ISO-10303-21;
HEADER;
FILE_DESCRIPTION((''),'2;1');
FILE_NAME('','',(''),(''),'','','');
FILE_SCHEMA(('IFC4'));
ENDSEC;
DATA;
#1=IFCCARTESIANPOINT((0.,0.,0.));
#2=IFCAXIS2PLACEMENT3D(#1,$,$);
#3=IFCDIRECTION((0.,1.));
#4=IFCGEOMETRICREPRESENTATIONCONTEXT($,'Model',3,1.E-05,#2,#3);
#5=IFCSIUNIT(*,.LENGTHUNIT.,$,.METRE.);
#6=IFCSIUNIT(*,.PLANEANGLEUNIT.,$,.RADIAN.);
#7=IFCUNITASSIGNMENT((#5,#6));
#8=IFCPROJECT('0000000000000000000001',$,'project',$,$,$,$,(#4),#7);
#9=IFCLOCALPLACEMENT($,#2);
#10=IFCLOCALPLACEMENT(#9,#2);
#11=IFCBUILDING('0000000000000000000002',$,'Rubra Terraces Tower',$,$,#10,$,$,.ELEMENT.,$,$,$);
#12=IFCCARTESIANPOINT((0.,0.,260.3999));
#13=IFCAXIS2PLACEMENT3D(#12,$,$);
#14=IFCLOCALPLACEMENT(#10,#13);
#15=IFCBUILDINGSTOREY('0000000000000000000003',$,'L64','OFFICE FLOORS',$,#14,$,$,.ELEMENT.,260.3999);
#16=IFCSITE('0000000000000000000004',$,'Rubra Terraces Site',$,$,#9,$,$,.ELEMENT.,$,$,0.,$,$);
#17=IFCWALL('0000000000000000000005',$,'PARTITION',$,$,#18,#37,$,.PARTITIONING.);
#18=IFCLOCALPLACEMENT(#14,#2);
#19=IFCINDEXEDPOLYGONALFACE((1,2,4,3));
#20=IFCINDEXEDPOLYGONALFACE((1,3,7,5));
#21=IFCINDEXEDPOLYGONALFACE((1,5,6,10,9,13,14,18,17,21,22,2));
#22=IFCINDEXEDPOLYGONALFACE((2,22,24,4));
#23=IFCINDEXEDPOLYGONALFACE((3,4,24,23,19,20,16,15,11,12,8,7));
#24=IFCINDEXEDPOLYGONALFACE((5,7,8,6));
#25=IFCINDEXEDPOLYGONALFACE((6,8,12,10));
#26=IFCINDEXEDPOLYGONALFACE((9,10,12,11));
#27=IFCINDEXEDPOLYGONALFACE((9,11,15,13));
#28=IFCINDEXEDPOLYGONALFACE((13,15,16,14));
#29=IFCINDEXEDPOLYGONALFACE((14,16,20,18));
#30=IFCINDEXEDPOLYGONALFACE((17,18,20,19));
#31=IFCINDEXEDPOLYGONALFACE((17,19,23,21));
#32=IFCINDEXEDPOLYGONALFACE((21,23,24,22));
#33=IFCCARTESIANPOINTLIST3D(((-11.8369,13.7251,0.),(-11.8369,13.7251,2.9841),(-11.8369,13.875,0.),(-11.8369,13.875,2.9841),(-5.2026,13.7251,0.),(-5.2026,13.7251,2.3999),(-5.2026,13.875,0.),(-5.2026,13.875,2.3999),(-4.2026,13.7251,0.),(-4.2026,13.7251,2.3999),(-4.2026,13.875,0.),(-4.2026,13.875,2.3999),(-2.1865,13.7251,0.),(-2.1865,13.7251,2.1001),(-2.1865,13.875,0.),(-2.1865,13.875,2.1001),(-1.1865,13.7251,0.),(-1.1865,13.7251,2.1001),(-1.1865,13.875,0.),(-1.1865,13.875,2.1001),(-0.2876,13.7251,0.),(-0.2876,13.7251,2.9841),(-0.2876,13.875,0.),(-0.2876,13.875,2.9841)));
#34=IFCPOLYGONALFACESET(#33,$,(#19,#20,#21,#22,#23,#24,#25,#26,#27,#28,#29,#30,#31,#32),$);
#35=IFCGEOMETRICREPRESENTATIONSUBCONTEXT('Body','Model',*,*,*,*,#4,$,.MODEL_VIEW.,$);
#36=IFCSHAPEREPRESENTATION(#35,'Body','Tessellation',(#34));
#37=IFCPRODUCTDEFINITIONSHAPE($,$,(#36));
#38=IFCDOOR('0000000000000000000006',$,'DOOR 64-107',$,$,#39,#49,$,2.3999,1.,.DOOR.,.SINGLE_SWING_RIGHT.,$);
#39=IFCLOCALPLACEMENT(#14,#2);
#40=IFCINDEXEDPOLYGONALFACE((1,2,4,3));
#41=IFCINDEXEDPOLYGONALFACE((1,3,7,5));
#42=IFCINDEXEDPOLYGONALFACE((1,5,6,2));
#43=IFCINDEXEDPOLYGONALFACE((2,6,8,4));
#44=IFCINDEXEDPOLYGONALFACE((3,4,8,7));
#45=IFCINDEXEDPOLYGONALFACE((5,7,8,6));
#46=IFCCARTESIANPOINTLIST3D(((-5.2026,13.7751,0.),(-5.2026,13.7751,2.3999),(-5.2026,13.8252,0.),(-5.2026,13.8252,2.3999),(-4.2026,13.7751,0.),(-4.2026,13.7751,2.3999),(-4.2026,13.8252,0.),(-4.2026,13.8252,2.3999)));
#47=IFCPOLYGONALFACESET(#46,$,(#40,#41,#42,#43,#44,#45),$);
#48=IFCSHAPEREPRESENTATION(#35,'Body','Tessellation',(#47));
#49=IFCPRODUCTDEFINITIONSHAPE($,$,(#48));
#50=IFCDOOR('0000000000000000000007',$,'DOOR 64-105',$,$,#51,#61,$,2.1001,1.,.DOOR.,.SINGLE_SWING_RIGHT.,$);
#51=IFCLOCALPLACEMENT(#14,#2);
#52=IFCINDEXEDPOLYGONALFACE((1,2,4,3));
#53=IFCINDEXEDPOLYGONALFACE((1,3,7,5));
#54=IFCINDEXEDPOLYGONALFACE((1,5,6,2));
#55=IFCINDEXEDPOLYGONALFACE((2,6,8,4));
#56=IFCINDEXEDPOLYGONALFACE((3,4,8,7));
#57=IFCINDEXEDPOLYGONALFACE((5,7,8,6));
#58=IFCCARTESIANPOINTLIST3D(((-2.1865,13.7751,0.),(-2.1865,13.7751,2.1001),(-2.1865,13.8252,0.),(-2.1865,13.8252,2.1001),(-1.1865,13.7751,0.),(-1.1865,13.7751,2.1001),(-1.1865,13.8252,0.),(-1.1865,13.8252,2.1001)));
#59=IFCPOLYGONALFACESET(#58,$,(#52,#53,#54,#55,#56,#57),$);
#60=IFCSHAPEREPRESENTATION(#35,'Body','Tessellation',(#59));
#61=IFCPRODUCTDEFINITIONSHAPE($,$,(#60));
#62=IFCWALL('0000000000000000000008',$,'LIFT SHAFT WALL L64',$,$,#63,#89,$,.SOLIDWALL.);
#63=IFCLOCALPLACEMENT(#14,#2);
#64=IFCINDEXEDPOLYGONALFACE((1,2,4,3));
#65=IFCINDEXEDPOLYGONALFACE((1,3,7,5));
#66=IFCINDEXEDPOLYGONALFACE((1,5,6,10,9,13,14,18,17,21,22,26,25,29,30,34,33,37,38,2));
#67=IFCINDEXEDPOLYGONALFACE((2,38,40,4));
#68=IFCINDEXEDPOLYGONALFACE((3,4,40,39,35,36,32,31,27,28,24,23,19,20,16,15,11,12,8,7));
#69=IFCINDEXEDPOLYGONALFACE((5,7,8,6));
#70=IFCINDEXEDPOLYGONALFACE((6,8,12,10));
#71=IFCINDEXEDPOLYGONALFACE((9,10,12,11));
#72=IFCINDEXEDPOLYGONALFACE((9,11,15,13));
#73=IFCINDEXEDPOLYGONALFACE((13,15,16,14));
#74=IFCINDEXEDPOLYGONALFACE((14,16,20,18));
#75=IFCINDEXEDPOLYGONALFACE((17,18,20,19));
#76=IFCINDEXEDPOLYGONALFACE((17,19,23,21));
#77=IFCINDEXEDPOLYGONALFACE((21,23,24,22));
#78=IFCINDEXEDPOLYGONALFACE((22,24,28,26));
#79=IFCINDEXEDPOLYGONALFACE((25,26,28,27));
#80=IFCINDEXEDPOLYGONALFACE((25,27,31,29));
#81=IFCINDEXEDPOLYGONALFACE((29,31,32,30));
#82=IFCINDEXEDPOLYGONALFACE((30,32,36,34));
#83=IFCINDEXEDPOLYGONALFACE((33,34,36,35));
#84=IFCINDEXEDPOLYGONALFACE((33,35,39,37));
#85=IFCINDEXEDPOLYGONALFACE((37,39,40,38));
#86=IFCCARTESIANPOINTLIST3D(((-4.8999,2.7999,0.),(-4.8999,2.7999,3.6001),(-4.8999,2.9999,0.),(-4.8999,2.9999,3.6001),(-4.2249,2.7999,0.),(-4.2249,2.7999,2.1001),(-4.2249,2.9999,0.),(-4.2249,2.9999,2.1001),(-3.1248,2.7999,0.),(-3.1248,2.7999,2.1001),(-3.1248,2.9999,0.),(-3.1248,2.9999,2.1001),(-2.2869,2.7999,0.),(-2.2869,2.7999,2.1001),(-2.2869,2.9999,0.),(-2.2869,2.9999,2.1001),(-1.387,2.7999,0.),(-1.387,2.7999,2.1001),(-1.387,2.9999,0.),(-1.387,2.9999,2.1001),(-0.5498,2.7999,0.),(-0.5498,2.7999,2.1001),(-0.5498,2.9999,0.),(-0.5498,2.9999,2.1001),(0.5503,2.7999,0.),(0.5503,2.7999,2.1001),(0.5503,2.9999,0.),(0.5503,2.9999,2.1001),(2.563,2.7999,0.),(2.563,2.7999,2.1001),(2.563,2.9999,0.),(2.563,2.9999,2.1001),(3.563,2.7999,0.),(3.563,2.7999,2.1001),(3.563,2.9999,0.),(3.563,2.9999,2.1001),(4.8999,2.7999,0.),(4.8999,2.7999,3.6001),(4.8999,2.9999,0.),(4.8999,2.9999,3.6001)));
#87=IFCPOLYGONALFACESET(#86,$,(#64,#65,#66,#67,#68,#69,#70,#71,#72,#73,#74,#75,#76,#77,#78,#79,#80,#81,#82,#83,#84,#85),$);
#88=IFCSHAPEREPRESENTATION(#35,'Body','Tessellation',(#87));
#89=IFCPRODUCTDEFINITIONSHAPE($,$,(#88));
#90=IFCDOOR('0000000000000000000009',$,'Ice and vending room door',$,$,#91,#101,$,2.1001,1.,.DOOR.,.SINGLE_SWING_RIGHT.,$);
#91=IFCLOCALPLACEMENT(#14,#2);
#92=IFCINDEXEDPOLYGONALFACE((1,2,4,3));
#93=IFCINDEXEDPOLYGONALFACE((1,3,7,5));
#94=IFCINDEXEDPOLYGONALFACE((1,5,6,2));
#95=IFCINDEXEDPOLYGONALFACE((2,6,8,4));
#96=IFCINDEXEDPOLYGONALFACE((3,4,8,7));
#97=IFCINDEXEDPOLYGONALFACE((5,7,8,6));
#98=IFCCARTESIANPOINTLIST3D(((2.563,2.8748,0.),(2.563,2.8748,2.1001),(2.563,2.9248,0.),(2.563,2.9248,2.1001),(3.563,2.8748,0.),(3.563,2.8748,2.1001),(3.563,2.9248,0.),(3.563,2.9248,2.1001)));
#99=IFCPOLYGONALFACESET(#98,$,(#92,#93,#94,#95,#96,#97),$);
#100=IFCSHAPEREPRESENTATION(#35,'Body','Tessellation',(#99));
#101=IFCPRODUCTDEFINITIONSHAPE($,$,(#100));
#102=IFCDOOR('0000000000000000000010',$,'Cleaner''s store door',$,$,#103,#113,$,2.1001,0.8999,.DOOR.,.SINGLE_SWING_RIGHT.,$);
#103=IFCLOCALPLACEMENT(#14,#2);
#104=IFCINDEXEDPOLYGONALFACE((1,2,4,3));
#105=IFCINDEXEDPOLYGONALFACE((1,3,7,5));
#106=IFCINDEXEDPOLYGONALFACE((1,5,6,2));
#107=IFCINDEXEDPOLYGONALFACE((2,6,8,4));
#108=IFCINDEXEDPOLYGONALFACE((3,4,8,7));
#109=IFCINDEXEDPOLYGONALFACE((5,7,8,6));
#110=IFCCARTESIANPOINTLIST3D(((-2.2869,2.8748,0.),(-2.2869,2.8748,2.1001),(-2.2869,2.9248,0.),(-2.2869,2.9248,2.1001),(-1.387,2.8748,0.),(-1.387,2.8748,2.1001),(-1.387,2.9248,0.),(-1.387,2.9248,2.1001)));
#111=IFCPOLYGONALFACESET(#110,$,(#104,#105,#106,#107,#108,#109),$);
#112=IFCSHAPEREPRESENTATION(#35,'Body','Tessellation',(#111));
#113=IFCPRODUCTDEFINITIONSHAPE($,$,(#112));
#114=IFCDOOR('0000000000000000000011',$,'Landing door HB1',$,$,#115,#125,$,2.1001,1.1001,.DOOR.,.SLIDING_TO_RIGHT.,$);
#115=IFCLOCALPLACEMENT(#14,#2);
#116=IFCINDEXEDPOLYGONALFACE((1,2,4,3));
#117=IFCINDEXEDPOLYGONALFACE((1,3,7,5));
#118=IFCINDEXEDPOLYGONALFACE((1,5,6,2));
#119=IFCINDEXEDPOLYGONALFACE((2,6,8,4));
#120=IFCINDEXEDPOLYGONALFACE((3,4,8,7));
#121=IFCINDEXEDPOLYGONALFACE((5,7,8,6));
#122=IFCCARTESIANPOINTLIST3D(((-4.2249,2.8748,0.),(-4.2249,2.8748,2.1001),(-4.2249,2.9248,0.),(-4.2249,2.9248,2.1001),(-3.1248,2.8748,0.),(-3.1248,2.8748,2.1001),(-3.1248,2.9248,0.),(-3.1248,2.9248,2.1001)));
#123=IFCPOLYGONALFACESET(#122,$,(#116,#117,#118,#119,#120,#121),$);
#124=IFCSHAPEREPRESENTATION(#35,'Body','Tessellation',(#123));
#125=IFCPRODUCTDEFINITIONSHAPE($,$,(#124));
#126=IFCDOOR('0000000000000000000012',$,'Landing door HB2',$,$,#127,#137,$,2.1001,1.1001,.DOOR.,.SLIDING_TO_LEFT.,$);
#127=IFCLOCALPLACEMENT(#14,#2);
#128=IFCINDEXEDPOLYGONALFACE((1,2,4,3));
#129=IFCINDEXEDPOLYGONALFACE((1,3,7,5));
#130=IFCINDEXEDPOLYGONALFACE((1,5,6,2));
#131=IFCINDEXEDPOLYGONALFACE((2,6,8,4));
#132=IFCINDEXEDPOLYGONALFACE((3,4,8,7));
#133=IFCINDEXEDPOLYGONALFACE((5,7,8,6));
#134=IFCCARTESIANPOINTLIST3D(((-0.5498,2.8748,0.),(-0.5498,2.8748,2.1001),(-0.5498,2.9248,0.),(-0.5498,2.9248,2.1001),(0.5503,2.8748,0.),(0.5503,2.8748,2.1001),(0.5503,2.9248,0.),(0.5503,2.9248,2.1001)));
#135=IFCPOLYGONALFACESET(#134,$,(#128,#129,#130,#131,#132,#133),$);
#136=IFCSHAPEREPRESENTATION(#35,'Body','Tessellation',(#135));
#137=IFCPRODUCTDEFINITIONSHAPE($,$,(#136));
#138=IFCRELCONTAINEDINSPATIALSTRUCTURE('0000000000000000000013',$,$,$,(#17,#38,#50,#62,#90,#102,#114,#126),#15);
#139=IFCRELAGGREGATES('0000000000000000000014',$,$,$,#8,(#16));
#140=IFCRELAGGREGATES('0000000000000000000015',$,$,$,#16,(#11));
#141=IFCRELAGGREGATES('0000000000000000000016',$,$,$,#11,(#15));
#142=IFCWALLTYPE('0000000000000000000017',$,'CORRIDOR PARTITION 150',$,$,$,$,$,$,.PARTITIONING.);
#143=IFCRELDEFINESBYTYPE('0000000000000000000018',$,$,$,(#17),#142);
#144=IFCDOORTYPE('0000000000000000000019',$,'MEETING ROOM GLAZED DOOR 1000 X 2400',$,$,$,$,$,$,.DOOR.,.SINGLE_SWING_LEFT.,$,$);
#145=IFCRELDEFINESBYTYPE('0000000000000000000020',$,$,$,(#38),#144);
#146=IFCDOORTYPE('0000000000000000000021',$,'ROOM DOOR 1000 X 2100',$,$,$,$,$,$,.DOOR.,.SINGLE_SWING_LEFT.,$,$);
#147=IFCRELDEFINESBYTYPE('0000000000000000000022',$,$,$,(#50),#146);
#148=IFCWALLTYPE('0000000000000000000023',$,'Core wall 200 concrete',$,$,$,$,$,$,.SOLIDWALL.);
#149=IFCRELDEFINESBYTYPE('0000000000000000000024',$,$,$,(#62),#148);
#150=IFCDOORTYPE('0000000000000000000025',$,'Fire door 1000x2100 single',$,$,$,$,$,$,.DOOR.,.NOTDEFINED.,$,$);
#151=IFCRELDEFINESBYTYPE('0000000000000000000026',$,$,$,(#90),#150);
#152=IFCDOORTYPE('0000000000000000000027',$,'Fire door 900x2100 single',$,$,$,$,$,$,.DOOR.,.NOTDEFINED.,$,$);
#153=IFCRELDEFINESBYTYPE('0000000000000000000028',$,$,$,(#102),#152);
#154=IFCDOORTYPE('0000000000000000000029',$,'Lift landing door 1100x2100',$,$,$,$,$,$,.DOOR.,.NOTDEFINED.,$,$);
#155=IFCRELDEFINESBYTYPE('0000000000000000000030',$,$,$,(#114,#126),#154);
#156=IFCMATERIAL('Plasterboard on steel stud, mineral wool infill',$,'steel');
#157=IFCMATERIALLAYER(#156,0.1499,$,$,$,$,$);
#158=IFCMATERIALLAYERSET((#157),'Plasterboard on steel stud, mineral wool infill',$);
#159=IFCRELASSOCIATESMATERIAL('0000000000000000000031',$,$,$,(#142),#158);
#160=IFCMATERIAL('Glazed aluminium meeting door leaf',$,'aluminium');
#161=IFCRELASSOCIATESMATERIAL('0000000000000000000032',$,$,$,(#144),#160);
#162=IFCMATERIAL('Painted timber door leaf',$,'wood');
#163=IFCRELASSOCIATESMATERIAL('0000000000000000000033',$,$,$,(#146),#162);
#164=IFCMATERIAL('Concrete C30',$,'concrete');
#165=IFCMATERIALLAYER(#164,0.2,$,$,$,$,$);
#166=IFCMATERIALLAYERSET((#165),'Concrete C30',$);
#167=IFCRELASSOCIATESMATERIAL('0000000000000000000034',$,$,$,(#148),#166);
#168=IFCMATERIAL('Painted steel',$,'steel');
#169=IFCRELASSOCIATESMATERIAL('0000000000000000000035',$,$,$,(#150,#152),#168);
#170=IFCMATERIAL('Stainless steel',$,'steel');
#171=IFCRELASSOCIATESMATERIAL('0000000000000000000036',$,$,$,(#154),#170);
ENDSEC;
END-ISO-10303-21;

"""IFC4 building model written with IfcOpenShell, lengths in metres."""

from ifc_helpers import new_model, si_unit, direction, frame, frame_2d, origin, place, context, subcontext, project, spatial, rectangle, extrude, material, layer, layer_set, type_object, element, fill, save


model = new_model("IFC4")

# Units and contexts
model_context = context("Model", 3, precision=1e-05, world=origin(), true_north=direction((0.0, 1.0)))
body_context = subcontext(model_context, "Body", "Model", "MODEL_VIEW")
ifc_project = project(units=[si_unit("LENGTHUNIT", "METRE"), si_unit("PLANEANGLEUNIT", "RADIAN")], contexts=[model_context])

# Site, building, storey
site_placement = place(None, origin())
site = spatial("IfcSite", under=ifc_project, at=site_placement, Name="Rubra Terraces Site", CompositionType="ELEMENT", RefElevation=0.0)
building_placement = place(site_placement, origin())
building = spatial("IfcBuilding", under=site, at=building_placement, Name="Rubra Terraces Tower", CompositionType="ELEMENT")
storey_placement = place(building_placement, frame((0.0, 0.0, 260.3999)))
storey = spatial("IfcBuildingStorey", under=building, at=storey_placement, Name="L64", Description="OFFICE FLOORS", CompositionType="ELEMENT", Elevation=260.3999)

# Walls, openings, doors
ifc_material_1 = material(Name="Plasterboard on steel stud, mineral wool infill", Category="steel")
ifc_layer_1 = layer(ifc_material_1, 0.1499)
ifc_layer_set_1 = layer_set([ifc_layer_1], Name="Plasterboard on steel stud, mineral wool infill")
wall_type_1 = type_object("IfcWallType", Name="CORRIDOR PARTITION 150", PredefinedType="PARTITIONING", material=ifc_layer_set_1)
wall_1_placement = place(storey_placement, frame((-0.2876, 13.8, 0.0), z_axis=(0.0, 0.0, 1.0), x_axis=(-1.0, 0.0, 0.0)))
wall_1 = element("IfcWall", 1, at=wall_1_placement, inside=storey, type_object=wall_type_1, Name="PARTITION", PredefinedType="PARTITIONING", context=body_context, shape_type="SweptSolid", body=[
    extrude(rectangle(XDim=11.5493, YDim=0.1499, at=frame_2d((5.7747, 0.0))), origin(), (0.0, 0.0, 1.0), 2.9841),
])
opening_1_placement = place(wall_1_placement, frame((0.8989, 0.0, 0.0)))
opening_1 = element("IfcOpeningElement", 2, at=opening_1_placement, cuts=wall_1, PredefinedType="OPENING", context=body_context, shape_type="SweptSolid", body=[
    extrude(rectangle(XDim=1.0, YDim=2.1001, at=frame_2d((0.5, 1.05))), frame((0.0, 0.085, 0.0), z_axis=(0.0, -1.0, 0.0), x_axis=(1.0, 0.0, 0.0)), (0.0, 0.0, 1.0), 0.1699),
])
opening_2_placement = place(wall_1_placement, frame((3.915, 0.0, 0.0)))
opening_2 = element("IfcOpeningElement", 3, at=opening_2_placement, cuts=wall_1, PredefinedType="OPENING", context=body_context, shape_type="SweptSolid", body=[
    extrude(rectangle(XDim=1.0, YDim=2.3999, at=frame_2d((0.5, 1.2))), frame((0.0, 0.085, 0.0), z_axis=(0.0, -1.0, 0.0), x_axis=(1.0, 0.0, 0.0)), (0.0, 0.0, 1.0), 0.1699),
])
ifc_material_2 = material(Name="Glazed aluminium meeting door leaf", Category="aluminium")
door_type_1 = type_object("IfcDoorType", Name="MEETING ROOM GLAZED DOOR 1000 X 2400", OperationType="SINGLE_SWING_LEFT", PredefinedType="DOOR", material=ifc_material_2)
door_1_placement = place(opening_2_placement, origin())
door_1 = element("IfcDoor", 4, at=door_1_placement, inside=storey, type_object=door_type_1, Name="DOOR 64-107", OperationType="SINGLE_SWING_RIGHT", OverallHeight=2.3999, OverallWidth=1.0, PredefinedType="DOOR", context=body_context, shape_type="SweptSolid", body=[
    extrude(rectangle(XDim=1.0, YDim=2.3999, at=frame_2d((0.5, 1.2))), frame((0.0, 0.0249, 0.0), z_axis=(0.0, -1.0, 0.0), x_axis=(1.0, 0.0, 0.0)), (0.0, 0.0, 1.0), 0.05),
])
fill(opening_2, door_1)
ifc_material_3 = material(Name="Painted timber door leaf", Category="wood")
door_type_2 = type_object("IfcDoorType", Name="ROOM DOOR 1000 X 2100", OperationType="SINGLE_SWING_LEFT", PredefinedType="DOOR", material=ifc_material_3)
door_2_placement = place(opening_1_placement, origin())
door_2 = element("IfcDoor", 5, at=door_2_placement, inside=storey, type_object=door_type_2, Name="DOOR 64-105", OperationType="SINGLE_SWING_RIGHT", OverallHeight=2.1001, OverallWidth=1.0, PredefinedType="DOOR", context=body_context, shape_type="SweptSolid", body=[
    extrude(rectangle(XDim=1.0, YDim=2.1001, at=frame_2d((0.5, 1.05))), frame((0.0, 0.0249, 0.0), z_axis=(0.0, -1.0, 0.0), x_axis=(1.0, 0.0, 0.0)), (0.0, 0.0, 1.0), 0.05),
])
fill(opening_1, door_2)
ifc_material_4 = material(Name="Concrete C30", Category="concrete")
ifc_layer_2 = layer(ifc_material_4, 0.2)
ifc_layer_set_2 = layer_set([ifc_layer_2], Name="Concrete C30")
wall_type_2 = type_object("IfcWallType", Name="Core wall 200 concrete", PredefinedType="SOLIDWALL", material=ifc_layer_set_2)
wall_2_placement = place(storey_placement, frame((-4.8999, 2.8999, 0.0), z_axis=(0.0, 0.0, 1.0), x_axis=(1.0, 0.0, 0.0)))
wall_2 = element("IfcWall", 6, at=wall_2_placement, inside=storey, type_object=wall_type_2, Name="LIFT SHAFT WALL L64", PredefinedType="SOLIDWALL", context=body_context, shape_type="SweptSolid", body=[
    extrude(rectangle(XDim=9.7998, YDim=0.2, at=frame_2d((4.8999, 0.0))), origin(), (0.0, 0.0, 1.0), 3.6001),
])
opening_3_placement = place(wall_2_placement, frame((0.675, 0.0, 0.0)))
opening_3 = element("IfcOpeningElement", 7, at=opening_3_placement, cuts=wall_2, PredefinedType="OPENING", context=body_context, shape_type="SweptSolid", body=[
    extrude(rectangle(XDim=1.1001, YDim=2.1001, at=frame_2d((0.55, 1.05))), frame((0.0, 0.1099, 0.0), z_axis=(0.0, -1.0, 0.0), x_axis=(1.0, 0.0, 0.0)), (0.0, 0.0, 1.0), 0.22),
])
opening_4_placement = place(wall_2_placement, frame((2.613, 0.0, 0.0)))
opening_4 = element("IfcOpeningElement", 8, at=opening_4_placement, cuts=wall_2, PredefinedType="OPENING", context=body_context, shape_type="SweptSolid", body=[
    extrude(rectangle(XDim=0.8999, YDim=2.1001, at=frame_2d((0.45, 1.05))), frame((0.0, 0.1099, 0.0), z_axis=(0.0, -1.0, 0.0), x_axis=(1.0, 0.0, 0.0)), (0.0, 0.0, 1.0), 0.22),
])
opening_5_placement = place(wall_2_placement, frame((4.3501, 0.0, 0.0)))
opening_5 = element("IfcOpeningElement", 9, at=opening_5_placement, cuts=wall_2, PredefinedType="OPENING", context=body_context, shape_type="SweptSolid", body=[
    extrude(rectangle(XDim=1.1001, YDim=2.1001, at=frame_2d((0.55, 1.05))), frame((0.0, 0.1099, 0.0), z_axis=(0.0, -1.0, 0.0), x_axis=(1.0, 0.0, 0.0)), (0.0, 0.0, 1.0), 0.22),
])
opening_6_placement = place(wall_2_placement, frame((7.4629, 0.0, 0.0)))
opening_6 = element("IfcOpeningElement", 10, at=opening_6_placement, cuts=wall_2, PredefinedType="OPENING", context=body_context, shape_type="SweptSolid", body=[
    extrude(rectangle(XDim=1.0, YDim=2.1001, at=frame_2d((0.5, 1.05))), frame((0.0, 0.1099, 0.0), z_axis=(0.0, -1.0, 0.0), x_axis=(1.0, 0.0, 0.0)), (0.0, 0.0, 1.0), 0.22),
])
ifc_material_5 = material(Name="Painted steel", Category="steel")
door_type_3 = type_object("IfcDoorType", Name="Fire door 1000x2100 single", OperationType="NOTDEFINED", PredefinedType="DOOR", material=ifc_material_5)
door_3_placement = place(opening_6_placement, origin())
door_3 = element("IfcDoor", 11, at=door_3_placement, inside=storey, type_object=door_type_3, Name="Ice and vending room door", OperationType="SINGLE_SWING_RIGHT", OverallHeight=2.1001, OverallWidth=1.0, PredefinedType="DOOR", context=body_context, shape_type="SweptSolid", body=[
    extrude(rectangle(XDim=1.0, YDim=2.1001, at=frame_2d((0.5, 1.05))), frame((0.0, 0.0249, 0.0), z_axis=(0.0, -1.0, 0.0), x_axis=(1.0, 0.0, 0.0)), (0.0, 0.0, 1.0), 0.05),
])
fill(opening_6, door_3)
door_type_4 = type_object("IfcDoorType", Name="Fire door 900x2100 single", OperationType="NOTDEFINED", PredefinedType="DOOR", material=ifc_material_5)
door_4_placement = place(opening_4_placement, origin())
door_4 = element("IfcDoor", 12, at=door_4_placement, inside=storey, type_object=door_type_4, Name="Cleaner's store door", OperationType="SINGLE_SWING_RIGHT", OverallHeight=2.1001, OverallWidth=0.8999, PredefinedType="DOOR", context=body_context, shape_type="SweptSolid", body=[
    extrude(rectangle(XDim=0.8999, YDim=2.1001, at=frame_2d((0.45, 1.05))), frame((0.0, 0.0249, 0.0), z_axis=(0.0, -1.0, 0.0), x_axis=(1.0, 0.0, 0.0)), (0.0, 0.0, 1.0), 0.05),
])
fill(opening_4, door_4)
ifc_material_6 = material(Name="Stainless steel", Category="steel")
door_type_5 = type_object("IfcDoorType", Name="Lift landing door 1100x2100", OperationType="NOTDEFINED", PredefinedType="DOOR", material=ifc_material_6)
door_5_placement = place(opening_3_placement, origin())
door_5 = element("IfcDoor", 13, at=door_5_placement, inside=storey, type_object=door_type_5, Name="Landing door HB1", OperationType="SLIDING_TO_RIGHT", OverallHeight=2.1001, OverallWidth=1.1001, PredefinedType="DOOR", context=body_context, shape_type="SweptSolid", body=[
    extrude(rectangle(XDim=1.1001, YDim=2.1001, at=frame_2d((0.55, 1.05))), frame((0.0, 0.0249, 0.0), z_axis=(0.0, -1.0, 0.0), x_axis=(1.0, 0.0, 0.0)), (0.0, 0.0, 1.0), 0.05),
])
fill(opening_3, door_5)
door_6_placement = place(opening_5_placement, origin())
door_6 = element("IfcDoor", 14, at=door_6_placement, inside=storey, type_object=door_type_5, Name="Landing door HB2", OperationType="SLIDING_TO_LEFT", OverallHeight=2.1001, OverallWidth=1.1001, PredefinedType="DOOR", context=body_context, shape_type="SweptSolid", body=[
    extrude(rectangle(XDim=1.1001, YDim=2.1001, at=frame_2d((0.55, 1.05))), frame((0.0, 0.0249, 0.0), z_axis=(0.0, -1.0, 0.0), x_axis=(1.0, 0.0, 0.0)), (0.0, 0.0, 1.0), 0.05),
])
fill(opening_5, door_6)

save(model, "model.ifc")
